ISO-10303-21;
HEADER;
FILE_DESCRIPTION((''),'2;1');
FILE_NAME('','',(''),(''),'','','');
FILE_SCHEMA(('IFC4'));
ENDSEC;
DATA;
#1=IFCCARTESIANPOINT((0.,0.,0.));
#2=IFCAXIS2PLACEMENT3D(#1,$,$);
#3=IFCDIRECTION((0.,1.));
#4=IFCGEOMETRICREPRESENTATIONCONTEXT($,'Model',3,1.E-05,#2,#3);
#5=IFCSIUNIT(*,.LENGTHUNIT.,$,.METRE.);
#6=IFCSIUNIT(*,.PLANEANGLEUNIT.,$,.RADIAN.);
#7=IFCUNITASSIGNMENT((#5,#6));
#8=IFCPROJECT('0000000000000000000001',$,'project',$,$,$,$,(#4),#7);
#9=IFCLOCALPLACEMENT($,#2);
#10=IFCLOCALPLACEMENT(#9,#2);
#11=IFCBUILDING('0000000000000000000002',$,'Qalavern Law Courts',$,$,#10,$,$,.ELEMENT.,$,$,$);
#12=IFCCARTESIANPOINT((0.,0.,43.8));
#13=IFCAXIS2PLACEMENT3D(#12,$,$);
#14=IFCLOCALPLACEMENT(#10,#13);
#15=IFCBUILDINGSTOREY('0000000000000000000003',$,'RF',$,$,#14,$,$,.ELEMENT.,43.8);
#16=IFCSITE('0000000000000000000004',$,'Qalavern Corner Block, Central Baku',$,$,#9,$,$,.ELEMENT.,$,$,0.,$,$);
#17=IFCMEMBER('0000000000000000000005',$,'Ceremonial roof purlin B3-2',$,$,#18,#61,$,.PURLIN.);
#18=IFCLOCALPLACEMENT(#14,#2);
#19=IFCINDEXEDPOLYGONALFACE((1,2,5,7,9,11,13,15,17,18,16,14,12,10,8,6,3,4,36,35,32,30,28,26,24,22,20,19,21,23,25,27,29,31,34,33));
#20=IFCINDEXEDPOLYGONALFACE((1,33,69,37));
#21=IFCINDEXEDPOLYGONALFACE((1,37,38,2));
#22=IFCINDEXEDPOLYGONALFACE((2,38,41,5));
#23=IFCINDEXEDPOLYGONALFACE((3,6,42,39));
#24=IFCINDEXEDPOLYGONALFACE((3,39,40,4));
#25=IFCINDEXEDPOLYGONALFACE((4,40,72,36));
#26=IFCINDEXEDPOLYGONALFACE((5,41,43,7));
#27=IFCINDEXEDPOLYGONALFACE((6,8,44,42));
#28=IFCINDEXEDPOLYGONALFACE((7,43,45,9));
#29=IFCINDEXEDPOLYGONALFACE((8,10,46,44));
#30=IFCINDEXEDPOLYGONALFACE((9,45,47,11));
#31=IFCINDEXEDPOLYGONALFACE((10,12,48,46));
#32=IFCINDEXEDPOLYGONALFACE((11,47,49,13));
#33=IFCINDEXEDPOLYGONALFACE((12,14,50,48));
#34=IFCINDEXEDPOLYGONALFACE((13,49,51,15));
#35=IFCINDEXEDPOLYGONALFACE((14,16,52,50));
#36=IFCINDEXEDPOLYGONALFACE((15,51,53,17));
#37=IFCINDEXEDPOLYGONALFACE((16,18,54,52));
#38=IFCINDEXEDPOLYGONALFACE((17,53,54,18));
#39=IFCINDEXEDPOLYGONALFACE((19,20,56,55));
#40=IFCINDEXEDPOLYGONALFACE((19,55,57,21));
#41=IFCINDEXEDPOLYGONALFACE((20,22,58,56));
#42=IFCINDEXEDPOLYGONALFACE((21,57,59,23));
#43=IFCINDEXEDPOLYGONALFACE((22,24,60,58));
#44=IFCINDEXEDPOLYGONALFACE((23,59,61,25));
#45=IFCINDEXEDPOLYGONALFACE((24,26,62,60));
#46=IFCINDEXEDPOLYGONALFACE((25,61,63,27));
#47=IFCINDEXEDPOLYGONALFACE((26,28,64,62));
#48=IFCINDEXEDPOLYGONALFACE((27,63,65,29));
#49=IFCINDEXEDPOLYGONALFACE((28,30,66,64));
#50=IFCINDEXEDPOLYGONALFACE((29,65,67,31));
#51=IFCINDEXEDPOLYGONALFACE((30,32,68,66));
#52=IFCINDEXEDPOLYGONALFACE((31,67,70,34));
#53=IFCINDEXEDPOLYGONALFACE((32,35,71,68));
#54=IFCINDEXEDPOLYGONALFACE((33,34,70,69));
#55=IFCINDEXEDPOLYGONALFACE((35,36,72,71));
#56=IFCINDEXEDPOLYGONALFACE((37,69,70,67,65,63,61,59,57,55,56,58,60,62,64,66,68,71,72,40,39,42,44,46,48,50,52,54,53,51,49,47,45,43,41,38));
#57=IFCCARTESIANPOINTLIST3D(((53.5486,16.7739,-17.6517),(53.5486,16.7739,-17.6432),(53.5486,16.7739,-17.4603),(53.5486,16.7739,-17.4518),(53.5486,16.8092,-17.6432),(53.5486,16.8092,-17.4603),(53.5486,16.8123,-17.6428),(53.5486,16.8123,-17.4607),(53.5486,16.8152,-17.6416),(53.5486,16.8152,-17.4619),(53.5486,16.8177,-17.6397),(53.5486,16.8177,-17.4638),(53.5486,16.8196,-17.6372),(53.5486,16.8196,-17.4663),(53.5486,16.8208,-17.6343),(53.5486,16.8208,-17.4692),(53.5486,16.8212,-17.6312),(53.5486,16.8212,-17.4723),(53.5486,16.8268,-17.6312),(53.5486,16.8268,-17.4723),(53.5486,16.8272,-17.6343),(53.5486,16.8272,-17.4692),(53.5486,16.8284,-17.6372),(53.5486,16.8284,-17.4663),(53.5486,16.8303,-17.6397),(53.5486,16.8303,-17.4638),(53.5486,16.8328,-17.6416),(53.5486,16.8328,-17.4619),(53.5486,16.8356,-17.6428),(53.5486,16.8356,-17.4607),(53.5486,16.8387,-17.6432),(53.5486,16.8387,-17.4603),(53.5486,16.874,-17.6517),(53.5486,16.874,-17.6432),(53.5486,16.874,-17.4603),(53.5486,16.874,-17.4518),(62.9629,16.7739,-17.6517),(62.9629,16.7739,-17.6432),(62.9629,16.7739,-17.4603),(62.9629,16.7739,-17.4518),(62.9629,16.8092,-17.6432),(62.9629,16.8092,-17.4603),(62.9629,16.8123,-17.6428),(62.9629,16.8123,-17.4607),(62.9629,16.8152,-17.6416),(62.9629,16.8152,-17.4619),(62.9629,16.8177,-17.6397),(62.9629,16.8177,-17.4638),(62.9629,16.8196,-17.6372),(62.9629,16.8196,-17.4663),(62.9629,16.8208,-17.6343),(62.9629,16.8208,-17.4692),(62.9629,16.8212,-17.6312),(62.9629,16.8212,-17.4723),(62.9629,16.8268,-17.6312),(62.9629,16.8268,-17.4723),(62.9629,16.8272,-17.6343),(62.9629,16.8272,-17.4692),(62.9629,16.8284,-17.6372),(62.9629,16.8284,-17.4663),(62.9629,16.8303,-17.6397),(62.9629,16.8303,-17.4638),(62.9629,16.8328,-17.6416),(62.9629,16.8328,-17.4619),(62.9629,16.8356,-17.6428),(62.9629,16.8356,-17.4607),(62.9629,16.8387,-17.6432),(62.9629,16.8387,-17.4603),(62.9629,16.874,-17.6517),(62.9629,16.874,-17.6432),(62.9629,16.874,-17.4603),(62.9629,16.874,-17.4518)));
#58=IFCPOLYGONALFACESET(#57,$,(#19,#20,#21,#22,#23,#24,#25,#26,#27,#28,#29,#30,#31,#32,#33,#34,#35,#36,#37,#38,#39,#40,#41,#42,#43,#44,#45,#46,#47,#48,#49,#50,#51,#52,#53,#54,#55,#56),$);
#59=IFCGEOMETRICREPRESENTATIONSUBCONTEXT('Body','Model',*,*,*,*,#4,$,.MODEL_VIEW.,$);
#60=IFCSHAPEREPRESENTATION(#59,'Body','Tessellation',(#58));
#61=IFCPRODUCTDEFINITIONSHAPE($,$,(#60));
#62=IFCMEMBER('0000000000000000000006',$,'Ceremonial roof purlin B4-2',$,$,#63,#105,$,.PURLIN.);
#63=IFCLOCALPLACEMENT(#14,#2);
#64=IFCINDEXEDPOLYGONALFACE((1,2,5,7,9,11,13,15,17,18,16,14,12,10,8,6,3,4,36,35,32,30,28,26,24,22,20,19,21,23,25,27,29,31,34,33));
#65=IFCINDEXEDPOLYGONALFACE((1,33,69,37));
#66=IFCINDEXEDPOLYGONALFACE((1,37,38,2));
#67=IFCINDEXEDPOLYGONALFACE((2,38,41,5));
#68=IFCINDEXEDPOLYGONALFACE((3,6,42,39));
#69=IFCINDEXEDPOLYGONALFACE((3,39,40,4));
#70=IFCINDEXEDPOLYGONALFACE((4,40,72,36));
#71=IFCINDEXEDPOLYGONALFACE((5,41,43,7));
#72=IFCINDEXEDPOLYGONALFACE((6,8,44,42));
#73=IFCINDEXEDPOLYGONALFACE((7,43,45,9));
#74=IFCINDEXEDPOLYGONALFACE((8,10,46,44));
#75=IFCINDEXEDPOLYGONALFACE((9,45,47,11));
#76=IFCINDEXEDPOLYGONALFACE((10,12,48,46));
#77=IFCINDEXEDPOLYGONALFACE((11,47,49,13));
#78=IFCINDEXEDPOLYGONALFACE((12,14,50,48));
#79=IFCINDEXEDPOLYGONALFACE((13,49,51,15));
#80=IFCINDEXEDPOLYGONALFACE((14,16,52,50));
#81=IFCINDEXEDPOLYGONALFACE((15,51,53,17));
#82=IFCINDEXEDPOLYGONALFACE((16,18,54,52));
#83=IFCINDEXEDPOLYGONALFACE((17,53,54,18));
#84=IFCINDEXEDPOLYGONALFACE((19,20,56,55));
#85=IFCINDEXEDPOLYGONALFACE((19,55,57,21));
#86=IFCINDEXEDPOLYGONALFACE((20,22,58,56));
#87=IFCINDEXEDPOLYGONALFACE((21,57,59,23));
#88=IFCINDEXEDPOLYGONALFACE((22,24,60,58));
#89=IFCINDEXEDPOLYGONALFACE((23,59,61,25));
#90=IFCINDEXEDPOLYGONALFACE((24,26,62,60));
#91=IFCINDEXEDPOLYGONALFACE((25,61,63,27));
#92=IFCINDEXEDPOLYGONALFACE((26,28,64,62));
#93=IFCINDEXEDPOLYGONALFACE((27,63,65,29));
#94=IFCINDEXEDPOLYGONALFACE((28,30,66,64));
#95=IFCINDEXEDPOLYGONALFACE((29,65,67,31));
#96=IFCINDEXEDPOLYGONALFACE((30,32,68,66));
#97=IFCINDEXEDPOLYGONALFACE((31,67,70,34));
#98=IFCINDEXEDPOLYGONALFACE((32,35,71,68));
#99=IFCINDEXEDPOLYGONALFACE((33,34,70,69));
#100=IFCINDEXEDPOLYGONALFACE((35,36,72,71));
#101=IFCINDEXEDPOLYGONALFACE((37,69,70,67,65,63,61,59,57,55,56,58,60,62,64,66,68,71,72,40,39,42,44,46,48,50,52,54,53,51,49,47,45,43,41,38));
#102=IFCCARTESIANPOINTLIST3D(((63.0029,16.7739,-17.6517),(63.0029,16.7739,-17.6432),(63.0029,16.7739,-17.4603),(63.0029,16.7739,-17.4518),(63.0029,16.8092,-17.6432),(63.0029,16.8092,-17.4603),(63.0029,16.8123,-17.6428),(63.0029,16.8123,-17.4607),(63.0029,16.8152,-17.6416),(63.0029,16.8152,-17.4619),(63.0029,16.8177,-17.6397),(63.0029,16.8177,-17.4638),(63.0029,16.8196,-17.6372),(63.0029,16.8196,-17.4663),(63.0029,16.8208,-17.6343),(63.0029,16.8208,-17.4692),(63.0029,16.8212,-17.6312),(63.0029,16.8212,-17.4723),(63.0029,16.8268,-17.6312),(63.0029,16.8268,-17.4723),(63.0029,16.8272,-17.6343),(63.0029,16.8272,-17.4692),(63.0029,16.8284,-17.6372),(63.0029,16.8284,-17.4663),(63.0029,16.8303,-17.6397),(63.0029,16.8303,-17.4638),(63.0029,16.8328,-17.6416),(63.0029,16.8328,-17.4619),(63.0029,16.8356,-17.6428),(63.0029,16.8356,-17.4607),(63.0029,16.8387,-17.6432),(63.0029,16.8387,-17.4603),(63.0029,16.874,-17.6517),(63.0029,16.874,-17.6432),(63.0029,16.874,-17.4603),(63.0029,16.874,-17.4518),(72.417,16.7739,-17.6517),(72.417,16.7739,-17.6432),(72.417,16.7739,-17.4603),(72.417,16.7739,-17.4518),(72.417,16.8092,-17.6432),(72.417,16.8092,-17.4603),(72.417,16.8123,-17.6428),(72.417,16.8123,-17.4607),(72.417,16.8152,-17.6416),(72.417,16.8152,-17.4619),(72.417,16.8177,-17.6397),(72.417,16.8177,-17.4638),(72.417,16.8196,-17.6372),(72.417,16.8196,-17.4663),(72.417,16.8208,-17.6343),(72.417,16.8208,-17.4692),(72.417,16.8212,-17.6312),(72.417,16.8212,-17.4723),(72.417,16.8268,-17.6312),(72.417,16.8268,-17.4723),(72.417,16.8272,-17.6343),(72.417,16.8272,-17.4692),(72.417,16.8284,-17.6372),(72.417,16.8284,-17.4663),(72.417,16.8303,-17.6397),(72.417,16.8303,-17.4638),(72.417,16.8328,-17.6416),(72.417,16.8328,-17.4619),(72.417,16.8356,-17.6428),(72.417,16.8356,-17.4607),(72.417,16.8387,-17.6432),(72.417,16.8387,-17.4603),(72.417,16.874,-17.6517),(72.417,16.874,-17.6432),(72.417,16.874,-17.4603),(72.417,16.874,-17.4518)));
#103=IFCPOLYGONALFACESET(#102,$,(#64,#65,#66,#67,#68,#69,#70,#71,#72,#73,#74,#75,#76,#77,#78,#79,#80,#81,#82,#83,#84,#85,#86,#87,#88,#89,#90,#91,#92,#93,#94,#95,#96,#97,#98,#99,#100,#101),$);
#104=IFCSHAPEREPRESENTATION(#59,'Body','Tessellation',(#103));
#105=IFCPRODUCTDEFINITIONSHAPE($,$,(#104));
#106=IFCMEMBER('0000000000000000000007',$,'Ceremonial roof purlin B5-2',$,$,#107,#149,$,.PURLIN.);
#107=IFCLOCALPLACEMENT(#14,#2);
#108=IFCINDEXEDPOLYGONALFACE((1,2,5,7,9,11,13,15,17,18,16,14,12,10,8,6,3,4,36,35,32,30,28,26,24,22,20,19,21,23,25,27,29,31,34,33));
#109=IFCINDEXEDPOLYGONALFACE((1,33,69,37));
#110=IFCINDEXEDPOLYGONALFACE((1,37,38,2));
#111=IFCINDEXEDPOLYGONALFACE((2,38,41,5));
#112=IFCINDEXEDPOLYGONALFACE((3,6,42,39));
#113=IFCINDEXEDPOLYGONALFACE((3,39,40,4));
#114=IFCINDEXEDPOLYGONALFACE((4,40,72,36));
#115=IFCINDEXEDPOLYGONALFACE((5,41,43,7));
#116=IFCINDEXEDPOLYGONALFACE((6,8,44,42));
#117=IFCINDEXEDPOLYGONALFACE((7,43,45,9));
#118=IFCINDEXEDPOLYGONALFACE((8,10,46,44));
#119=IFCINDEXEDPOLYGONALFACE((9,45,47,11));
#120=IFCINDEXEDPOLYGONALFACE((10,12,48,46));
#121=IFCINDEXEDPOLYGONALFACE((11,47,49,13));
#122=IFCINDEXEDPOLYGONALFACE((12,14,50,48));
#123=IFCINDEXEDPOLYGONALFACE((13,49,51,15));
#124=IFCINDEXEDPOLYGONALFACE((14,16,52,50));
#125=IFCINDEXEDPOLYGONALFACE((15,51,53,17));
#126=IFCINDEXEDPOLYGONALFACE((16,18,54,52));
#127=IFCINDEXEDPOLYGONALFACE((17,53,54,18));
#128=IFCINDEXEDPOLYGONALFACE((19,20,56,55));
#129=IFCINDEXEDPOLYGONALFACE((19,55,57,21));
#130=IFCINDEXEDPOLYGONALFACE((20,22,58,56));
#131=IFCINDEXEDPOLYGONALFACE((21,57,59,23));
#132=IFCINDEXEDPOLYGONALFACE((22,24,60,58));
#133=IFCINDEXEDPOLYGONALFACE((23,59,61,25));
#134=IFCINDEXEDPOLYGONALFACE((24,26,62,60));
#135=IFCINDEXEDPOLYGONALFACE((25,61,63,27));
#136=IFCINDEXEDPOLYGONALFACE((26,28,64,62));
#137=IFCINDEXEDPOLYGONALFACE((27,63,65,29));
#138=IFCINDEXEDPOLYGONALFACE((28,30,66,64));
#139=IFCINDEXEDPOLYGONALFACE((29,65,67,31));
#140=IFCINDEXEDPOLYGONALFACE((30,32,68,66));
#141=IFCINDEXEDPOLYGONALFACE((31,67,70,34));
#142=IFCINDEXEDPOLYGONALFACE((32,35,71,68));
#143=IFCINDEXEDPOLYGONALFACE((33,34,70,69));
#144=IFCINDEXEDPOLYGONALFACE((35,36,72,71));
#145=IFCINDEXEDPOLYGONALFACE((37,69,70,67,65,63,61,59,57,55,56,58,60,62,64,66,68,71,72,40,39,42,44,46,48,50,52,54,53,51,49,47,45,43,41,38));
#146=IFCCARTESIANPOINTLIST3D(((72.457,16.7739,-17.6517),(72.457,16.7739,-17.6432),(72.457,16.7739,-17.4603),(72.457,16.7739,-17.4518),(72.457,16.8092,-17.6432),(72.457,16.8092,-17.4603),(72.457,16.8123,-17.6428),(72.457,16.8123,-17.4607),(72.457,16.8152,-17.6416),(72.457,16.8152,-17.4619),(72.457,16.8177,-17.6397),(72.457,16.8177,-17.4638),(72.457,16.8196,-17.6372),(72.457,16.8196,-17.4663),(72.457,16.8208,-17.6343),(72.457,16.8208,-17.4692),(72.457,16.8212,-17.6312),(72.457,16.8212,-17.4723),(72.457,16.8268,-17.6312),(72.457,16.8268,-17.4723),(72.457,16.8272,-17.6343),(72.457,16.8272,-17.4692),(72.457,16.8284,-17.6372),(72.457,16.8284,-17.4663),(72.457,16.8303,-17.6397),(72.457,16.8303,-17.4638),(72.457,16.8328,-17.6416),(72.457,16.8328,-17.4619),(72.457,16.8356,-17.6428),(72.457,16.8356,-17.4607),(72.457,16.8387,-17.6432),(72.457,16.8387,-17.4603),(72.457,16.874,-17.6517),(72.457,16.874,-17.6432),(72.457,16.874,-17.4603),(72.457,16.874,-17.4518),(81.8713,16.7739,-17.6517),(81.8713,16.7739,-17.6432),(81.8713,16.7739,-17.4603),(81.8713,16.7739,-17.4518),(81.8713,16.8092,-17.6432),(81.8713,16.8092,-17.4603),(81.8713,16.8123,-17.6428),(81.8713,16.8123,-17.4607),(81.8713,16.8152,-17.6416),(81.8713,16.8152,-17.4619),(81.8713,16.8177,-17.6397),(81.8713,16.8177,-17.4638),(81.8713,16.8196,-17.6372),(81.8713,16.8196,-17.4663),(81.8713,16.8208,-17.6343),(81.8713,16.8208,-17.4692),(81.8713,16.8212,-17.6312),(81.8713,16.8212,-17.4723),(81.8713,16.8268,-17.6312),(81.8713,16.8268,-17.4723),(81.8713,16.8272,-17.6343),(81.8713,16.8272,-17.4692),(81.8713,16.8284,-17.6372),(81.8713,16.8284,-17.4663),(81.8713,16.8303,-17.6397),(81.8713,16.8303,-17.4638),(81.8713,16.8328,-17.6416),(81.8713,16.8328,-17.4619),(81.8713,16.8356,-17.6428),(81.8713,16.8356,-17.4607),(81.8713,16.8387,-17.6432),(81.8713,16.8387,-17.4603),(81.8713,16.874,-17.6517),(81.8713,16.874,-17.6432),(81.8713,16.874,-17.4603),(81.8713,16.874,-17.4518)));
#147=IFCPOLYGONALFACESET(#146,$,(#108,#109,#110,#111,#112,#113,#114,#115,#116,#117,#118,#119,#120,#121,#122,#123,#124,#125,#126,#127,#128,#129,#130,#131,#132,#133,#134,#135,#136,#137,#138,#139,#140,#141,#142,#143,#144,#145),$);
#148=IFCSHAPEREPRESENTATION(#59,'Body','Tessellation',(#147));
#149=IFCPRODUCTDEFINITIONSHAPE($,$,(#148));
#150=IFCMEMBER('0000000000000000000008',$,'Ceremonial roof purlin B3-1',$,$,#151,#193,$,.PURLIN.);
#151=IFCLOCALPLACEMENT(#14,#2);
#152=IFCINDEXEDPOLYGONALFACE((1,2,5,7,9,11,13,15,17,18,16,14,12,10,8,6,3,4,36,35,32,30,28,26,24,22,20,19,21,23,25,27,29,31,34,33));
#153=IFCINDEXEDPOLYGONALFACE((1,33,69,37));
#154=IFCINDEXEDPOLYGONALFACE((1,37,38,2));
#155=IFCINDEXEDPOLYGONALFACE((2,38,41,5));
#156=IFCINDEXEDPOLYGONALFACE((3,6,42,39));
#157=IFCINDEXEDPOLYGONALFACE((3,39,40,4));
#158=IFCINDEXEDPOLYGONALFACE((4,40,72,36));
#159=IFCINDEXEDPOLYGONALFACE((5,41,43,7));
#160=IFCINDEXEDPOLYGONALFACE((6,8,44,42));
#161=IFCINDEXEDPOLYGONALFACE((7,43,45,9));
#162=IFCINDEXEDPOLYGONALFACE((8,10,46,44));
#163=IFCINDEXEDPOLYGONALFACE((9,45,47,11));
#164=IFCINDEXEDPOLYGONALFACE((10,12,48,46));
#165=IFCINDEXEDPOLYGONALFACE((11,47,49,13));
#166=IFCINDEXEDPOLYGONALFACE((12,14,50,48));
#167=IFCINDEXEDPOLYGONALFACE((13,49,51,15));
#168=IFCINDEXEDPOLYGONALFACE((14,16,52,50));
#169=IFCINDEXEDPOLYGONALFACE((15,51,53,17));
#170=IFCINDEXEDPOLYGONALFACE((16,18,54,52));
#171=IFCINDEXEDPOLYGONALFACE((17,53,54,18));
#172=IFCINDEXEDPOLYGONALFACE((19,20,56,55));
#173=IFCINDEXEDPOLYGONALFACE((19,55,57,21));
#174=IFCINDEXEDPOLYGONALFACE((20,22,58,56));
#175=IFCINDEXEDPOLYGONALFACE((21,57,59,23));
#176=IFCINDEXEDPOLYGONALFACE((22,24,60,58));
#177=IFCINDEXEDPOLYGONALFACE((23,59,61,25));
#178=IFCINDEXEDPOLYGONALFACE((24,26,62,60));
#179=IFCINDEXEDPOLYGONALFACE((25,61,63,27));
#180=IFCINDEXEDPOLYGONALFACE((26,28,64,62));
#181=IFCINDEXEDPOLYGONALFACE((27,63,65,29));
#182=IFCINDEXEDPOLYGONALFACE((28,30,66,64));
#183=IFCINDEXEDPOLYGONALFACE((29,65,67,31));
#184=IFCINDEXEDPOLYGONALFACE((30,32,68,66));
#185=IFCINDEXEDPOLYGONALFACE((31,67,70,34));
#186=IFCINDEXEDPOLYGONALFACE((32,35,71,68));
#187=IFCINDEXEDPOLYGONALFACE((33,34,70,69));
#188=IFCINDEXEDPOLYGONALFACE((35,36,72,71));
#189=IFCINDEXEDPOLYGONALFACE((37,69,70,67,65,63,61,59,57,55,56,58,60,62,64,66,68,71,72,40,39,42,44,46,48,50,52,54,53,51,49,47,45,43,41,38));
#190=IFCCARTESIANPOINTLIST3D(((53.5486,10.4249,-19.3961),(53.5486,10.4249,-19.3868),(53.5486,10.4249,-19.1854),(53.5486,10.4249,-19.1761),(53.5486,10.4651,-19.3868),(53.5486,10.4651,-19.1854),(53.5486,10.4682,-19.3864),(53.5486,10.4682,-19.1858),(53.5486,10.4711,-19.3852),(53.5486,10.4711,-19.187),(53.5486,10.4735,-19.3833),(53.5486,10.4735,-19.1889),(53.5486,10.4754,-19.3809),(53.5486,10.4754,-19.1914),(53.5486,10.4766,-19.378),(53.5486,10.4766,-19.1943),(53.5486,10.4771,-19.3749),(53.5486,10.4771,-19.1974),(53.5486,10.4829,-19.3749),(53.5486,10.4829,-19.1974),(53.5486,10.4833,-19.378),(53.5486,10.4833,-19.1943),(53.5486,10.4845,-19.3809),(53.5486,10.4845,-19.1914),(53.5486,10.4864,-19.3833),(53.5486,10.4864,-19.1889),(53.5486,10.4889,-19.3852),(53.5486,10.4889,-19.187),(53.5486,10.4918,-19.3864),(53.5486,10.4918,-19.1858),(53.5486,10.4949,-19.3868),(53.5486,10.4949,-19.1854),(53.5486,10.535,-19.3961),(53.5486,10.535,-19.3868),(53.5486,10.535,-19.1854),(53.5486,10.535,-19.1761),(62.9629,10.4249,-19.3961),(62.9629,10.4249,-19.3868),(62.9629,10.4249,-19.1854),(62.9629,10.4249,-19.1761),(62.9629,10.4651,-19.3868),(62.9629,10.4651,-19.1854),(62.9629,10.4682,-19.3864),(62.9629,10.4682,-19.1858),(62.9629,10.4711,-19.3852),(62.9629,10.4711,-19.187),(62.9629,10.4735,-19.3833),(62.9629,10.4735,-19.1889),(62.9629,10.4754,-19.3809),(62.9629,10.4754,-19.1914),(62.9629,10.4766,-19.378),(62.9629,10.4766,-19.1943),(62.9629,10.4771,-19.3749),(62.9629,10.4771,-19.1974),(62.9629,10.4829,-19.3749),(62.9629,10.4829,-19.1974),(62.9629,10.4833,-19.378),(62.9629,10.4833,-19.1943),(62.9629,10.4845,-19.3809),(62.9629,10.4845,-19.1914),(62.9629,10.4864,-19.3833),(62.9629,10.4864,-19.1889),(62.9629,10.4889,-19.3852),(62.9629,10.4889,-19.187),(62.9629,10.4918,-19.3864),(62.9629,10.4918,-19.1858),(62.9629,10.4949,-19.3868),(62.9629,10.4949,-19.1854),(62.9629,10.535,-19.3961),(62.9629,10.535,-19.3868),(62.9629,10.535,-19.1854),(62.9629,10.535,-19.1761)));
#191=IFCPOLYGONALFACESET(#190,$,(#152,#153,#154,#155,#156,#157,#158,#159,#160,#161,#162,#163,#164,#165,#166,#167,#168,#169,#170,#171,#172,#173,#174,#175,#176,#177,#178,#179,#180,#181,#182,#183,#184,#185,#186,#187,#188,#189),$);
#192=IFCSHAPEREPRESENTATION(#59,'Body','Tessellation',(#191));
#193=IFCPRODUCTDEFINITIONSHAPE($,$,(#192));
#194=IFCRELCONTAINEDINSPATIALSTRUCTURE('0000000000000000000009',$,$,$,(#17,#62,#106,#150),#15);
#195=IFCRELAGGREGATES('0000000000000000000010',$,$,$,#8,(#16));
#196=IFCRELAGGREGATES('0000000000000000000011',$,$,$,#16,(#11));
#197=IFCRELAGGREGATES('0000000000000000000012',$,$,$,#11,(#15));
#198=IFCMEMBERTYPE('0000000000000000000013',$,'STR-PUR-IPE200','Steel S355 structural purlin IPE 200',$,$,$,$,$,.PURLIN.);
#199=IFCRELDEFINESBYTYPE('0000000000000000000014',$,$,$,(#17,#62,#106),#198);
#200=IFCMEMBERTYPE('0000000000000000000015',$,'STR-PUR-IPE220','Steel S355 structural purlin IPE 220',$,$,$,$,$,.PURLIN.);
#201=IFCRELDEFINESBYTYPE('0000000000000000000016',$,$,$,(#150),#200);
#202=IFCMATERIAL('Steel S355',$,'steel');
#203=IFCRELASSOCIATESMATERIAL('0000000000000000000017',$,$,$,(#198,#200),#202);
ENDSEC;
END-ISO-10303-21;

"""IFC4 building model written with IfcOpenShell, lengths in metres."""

from ifc_helpers import new_model, si_unit, direction, frame, origin, origin_2d, place, context, subcontext, project, spatial, i_section, extrude, material, material_profile, profile_set, type_object, element, save


model = new_model("IFC4")

# Units and contexts
model_context = context("Model", 3, precision=1e-05, world=origin(), true_north=direction((0.0, 1.0)))
body_context = subcontext(model_context, "Body", "Model", "MODEL_VIEW")
ifc_project = project(units=[si_unit("LENGTHUNIT", "METRE"), si_unit("PLANEANGLEUNIT", "RADIAN")], contexts=[model_context])

# Site, building, storey
site_placement = place(None, origin())
site = spatial("IfcSite", under=ifc_project, at=site_placement, Name="Qalavern Corner Block, Central Baku", CompositionType="ELEMENT", RefElevation=0.0)
building_placement = place(site_placement, origin())
building = spatial("IfcBuilding", under=site, at=building_placement, Name="Qalavern Law Courts", CompositionType="ELEMENT")
storey_placement = place(building_placement, frame((0.0, 0.0, 43.8)))
storey = spatial("IfcBuildingStorey", under=building, at=storey_placement, Name="RF", CompositionType="ELEMENT", Elevation=43.8)

# Shared definitions
ifc_material_1 = material(Name="Steel S355", Category="steel")

# Members
ifc_material_profile_1 = material_profile(ifc_material_1, i_section(OverallWidth=0.1001, OverallDepth=0.2, WebThickness=0.0056, FlangeThickness=0.0085, FilletRadius=0.012, at=origin_2d()), Name="IPE 200")
ifc_profile_set_1 = profile_set([ifc_material_profile_1], Name="Steel S355")
member_type_1 = type_object("IfcMemberType", Name="STR-PUR-IPE200", Description="Steel S355 structural purlin IPE 200", PredefinedType="PURLIN", material=ifc_profile_set_1)
member_1_placement = place(storey_placement, frame((53.5486, 16.824, -17.5518), z_axis=(1.0, 0.0, 0.0), x_axis=(0.0, 1.0, 0.0)))
element("IfcMember", 1, at=member_1_placement, inside=storey, type_object=member_type_1, Name="Ceremonial roof purlin B3-2", PredefinedType="PURLIN", context=body_context, shape_type="SweptSolid", body=[
    extrude(i_section(OverallWidth=0.1001, OverallDepth=0.2, WebThickness=0.0056, FlangeThickness=0.0085, FilletRadius=0.012, at=origin_2d()), origin(), (0.0, 0.0, 1.0), 9.4143),
])
member_2_placement = place(storey_placement, frame((63.0029, 16.824, -17.5518), z_axis=(1.0, 0.0, 0.0), x_axis=(0.0, 1.0, 0.0)))
element("IfcMember", 2, at=member_2_placement, inside=storey, type_object=member_type_1, Name="Ceremonial roof purlin B4-2", PredefinedType="PURLIN", context=body_context, shape_type="SweptSolid", body=[
    extrude(i_section(OverallWidth=0.1001, OverallDepth=0.2, WebThickness=0.0056, FlangeThickness=0.0085, FilletRadius=0.012, at=origin_2d()), origin(), (0.0, 0.0, 1.0), 9.4141),
])
member_3_placement = place(storey_placement, frame((72.457, 16.824, -17.5518), z_axis=(1.0, 0.0, 0.0), x_axis=(0.0, 1.0, 0.0)))
element("IfcMember", 3, at=member_3_placement, inside=storey, type_object=member_type_1, Name="Ceremonial roof purlin B5-2", PredefinedType="PURLIN", context=body_context, shape_type="SweptSolid", body=[
    extrude(i_section(OverallWidth=0.1001, OverallDepth=0.2, WebThickness=0.0056, FlangeThickness=0.0085, FilletRadius=0.012, at=origin_2d()), origin(), (0.0, 0.0, 1.0), 9.4143),
])
ifc_material_profile_2 = material_profile(ifc_material_1, i_section(OverallWidth=0.1101, OverallDepth=0.22, WebThickness=0.0059, FlangeThickness=0.0093, FilletRadius=0.012, at=origin_2d()), Name="IPE 220")
ifc_profile_set_2 = profile_set([ifc_material_profile_2], Name="Steel S355")
member_type_2 = type_object("IfcMemberType", Name="STR-PUR-IPE220", Description="Steel S355 structural purlin IPE 220", PredefinedType="PURLIN", material=ifc_profile_set_2)
for number, where, z_axis, x_axis, name in (
    (4, (53.5486, 10.48, -19.2861), (1.0, 0.0, 0.0), (0.0, 1.0, 0.0), "Ceremonial roof purlin B3-1"),
):
    element("IfcMember", number, at=place(storey_placement, frame(where, z_axis=z_axis, x_axis=x_axis)), inside=storey, type_object=member_type_2, Name=name, PredefinedType="PURLIN", context=body_context, shape_type="SweptSolid", body=[
        extrude(i_section(OverallWidth=0.1101, OverallDepth=0.22, WebThickness=0.0059, FlangeThickness=0.0093, FilletRadius=0.012, at=origin_2d()), origin(), (0.0, 0.0, 1.0), 9.4143),
    ])

save(model, "model.ifc")
